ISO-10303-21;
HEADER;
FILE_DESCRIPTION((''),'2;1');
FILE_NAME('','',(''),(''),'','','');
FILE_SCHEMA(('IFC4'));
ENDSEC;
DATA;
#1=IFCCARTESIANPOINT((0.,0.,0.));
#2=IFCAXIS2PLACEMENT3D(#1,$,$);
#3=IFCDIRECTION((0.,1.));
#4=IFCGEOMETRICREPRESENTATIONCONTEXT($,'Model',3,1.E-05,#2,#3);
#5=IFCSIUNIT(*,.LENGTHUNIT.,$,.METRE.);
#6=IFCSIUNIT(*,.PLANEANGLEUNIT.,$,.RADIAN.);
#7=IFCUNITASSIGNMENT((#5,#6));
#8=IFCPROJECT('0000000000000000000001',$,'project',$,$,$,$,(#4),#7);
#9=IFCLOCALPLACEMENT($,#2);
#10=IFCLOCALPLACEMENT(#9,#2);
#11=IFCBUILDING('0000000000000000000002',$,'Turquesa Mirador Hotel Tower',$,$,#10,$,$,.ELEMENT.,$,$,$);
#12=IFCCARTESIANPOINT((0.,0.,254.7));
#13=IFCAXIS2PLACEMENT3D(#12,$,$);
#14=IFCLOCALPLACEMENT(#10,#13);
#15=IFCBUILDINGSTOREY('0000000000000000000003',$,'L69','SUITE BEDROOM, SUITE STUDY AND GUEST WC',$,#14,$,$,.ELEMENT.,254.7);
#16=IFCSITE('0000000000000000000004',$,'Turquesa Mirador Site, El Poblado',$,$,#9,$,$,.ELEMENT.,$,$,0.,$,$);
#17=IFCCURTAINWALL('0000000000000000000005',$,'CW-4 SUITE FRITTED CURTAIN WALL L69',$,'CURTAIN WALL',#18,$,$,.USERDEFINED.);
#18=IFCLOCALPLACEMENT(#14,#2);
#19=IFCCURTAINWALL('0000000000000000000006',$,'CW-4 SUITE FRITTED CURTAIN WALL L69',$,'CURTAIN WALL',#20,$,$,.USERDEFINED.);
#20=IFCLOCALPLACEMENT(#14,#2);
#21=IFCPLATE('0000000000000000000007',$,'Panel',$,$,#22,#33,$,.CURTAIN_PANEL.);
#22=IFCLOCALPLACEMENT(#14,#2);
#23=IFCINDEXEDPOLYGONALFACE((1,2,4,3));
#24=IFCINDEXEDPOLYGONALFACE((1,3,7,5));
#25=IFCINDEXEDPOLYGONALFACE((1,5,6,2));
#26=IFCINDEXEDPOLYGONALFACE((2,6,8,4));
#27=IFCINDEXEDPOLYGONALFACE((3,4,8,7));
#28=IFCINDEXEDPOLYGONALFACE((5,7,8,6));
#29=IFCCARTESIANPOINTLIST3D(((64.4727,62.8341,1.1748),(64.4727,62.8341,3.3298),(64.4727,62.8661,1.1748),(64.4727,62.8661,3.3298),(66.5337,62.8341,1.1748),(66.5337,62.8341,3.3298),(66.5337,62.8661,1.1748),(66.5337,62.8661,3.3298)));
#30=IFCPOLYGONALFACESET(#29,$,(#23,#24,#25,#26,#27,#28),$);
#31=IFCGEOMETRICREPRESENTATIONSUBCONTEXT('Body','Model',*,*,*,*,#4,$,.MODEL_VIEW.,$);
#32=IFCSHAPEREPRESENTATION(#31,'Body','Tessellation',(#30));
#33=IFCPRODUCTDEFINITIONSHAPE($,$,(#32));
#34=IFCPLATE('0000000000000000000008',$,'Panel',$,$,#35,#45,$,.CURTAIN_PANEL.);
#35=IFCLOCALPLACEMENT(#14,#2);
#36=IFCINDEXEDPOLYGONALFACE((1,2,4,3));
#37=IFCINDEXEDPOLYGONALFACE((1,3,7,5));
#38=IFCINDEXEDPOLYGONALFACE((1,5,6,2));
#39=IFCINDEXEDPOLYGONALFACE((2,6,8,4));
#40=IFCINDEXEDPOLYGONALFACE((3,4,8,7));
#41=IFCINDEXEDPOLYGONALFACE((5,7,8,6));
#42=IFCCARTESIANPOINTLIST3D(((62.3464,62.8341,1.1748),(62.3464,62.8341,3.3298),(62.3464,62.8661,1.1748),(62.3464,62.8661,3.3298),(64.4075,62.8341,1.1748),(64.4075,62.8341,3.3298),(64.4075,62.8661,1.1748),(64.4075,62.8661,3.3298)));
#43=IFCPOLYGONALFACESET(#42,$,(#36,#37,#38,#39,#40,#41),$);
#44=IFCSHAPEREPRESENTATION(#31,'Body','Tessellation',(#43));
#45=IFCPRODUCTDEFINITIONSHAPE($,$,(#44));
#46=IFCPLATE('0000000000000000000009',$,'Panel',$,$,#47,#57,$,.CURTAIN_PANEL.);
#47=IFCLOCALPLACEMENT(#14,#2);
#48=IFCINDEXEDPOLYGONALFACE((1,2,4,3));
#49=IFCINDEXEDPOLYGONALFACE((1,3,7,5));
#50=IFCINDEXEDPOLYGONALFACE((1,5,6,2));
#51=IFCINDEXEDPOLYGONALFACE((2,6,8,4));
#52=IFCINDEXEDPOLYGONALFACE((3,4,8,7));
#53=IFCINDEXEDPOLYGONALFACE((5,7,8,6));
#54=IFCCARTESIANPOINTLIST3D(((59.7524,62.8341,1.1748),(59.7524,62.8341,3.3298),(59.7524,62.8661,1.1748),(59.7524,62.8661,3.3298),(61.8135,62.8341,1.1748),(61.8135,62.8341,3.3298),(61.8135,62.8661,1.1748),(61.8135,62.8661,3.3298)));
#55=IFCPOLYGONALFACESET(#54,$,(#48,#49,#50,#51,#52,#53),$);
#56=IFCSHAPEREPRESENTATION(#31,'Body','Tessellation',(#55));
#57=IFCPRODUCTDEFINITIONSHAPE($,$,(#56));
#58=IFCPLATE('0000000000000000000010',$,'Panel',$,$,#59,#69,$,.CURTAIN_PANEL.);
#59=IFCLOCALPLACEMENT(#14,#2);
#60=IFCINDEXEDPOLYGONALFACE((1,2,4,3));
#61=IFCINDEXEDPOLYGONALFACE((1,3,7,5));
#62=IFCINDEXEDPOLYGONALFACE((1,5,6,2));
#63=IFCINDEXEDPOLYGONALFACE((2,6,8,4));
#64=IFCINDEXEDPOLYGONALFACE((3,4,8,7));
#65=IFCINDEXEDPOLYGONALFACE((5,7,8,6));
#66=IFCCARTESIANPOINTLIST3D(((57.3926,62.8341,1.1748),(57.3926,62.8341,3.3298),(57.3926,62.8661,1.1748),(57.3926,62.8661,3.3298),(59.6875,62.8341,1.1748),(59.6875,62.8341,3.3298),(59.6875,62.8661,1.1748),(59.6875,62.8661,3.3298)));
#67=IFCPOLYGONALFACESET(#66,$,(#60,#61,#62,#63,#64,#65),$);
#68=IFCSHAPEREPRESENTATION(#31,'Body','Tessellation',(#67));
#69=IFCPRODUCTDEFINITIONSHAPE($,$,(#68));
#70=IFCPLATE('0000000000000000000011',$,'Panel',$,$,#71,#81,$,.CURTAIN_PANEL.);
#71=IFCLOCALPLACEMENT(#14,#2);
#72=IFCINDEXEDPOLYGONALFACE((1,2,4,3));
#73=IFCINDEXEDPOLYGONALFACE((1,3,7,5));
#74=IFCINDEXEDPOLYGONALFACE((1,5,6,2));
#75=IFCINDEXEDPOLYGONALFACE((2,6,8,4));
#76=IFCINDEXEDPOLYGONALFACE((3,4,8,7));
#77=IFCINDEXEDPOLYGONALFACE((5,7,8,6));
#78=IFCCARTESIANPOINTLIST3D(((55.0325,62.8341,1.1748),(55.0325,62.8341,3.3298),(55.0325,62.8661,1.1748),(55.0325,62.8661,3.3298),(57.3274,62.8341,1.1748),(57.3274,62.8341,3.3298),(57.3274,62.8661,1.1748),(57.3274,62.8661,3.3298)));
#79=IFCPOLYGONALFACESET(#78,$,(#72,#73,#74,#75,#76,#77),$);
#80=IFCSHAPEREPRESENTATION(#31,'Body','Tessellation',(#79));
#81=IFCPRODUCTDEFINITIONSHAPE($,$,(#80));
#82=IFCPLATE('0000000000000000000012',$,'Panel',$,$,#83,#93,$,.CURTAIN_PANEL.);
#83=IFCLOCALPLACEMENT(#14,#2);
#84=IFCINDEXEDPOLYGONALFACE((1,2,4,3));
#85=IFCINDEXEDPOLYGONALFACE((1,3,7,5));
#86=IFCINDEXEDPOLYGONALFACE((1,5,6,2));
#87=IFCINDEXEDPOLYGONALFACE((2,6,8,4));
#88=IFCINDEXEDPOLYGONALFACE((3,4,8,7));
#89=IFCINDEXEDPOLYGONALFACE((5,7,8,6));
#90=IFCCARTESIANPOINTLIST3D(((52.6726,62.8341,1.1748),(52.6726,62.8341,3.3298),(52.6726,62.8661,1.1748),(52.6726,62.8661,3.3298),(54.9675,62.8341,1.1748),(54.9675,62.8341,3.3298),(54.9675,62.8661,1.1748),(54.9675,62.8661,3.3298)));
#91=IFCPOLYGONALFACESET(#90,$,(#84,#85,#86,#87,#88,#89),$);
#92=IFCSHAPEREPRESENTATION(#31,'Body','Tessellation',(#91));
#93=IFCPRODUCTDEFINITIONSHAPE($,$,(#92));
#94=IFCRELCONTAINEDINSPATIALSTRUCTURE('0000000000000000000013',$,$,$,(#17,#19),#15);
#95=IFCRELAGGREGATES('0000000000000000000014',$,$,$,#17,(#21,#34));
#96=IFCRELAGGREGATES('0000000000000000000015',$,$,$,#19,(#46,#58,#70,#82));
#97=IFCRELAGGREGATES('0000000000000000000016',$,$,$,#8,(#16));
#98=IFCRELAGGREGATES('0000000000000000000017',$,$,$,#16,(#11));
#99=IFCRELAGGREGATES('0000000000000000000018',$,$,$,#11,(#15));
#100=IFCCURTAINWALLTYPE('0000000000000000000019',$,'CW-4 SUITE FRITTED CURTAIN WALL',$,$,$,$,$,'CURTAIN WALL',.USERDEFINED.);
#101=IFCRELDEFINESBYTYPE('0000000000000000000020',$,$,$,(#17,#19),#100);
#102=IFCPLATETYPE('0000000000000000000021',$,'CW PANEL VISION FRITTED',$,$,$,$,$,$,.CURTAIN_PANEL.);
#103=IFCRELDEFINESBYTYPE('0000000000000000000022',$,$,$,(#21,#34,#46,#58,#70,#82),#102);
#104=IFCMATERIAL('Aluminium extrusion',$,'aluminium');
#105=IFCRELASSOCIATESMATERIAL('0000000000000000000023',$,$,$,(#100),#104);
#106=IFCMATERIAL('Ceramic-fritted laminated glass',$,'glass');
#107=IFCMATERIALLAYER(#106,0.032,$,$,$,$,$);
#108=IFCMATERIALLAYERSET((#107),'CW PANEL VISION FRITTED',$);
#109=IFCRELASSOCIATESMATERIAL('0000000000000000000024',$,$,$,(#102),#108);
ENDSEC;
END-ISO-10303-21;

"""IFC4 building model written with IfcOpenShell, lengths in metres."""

from ifc_helpers import new_model, si_unit, direction, frame, origin, origin_2d, place, context, subcontext, project, spatial, rectangle, extrude, material, layer, layer_set, type_object, element, aggregate, save


model = new_model("IFC4")

# Units and contexts
model_context = context("Model", 3, precision=1e-05, world=origin(), true_north=direction((0.0, 1.0)))
body_context = subcontext(model_context, "Body", "Model", "MODEL_VIEW")
ifc_project = project(units=[si_unit("LENGTHUNIT", "METRE"), si_unit("PLANEANGLEUNIT", "RADIAN")], contexts=[model_context])

# Site, building, storey
site_placement = place(None, origin())
site = spatial("IfcSite", under=ifc_project, at=site_placement, Name="Turquesa Mirador Site, El Poblado", CompositionType="ELEMENT", RefElevation=0.0)
building_placement = place(site_placement, origin())
building = spatial("IfcBuilding", under=site, at=building_placement, Name="Turquesa Mirador Hotel Tower", CompositionType="ELEMENT")
storey_placement = place(building_placement, frame((0.0, 0.0, 254.7)))
storey = spatial("IfcBuildingStorey", under=building, at=storey_placement, Name="L69", Description="SUITE BEDROOM, SUITE STUDY AND GUEST WC", CompositionType="ELEMENT", Elevation=254.7)

# Shared definitions
ifc_material_1 = material(Name="Aluminium extrusion", Category="aluminium")
curtain_wall_type = type_object("IfcCurtainWallType", Name="CW-4 SUITE FRITTED CURTAIN WALL", ElementType="CURTAIN WALL", PredefinedType="USERDEFINED", material=ifc_material_1)

# Curtain walls
curtain_wall_1_placement = place(storey_placement, origin())
curtain_wall_1 = element("IfcCurtainWall", 1, at=curtain_wall_1_placement, inside=storey, type_object=curtain_wall_type, Name="CW-4 SUITE FRITTED CURTAIN WALL L69", ObjectType="CURTAIN WALL", PredefinedType="USERDEFINED")
curtain_wall_2_placement = place(storey_placement, origin())
curtain_wall_2 = element("IfcCurtainWall", 2, at=curtain_wall_2_placement, inside=storey, type_object=curtain_wall_type, Name="CW-4 SUITE FRITTED CURTAIN WALL L69", ObjectType="CURTAIN WALL", PredefinedType="USERDEFINED")

# Plates
ifc_material_2 = material(Name="Ceramic-fritted laminated glass", Category="glass")
ifc_layer_1 = layer(ifc_material_2, 0.032)
ifc_layer_set_1 = layer_set([ifc_layer_1], Name="CW PANEL VISION FRITTED")
plate_type_1 = type_object("IfcPlateType", Name="CW PANEL VISION FRITTED", PredefinedType="CURTAIN_PANEL", material=ifc_layer_set_1)
plate_1_placement = place(storey_placement, frame((65.5032, 62.8501, 1.1748), z_axis=(0.0, 0.0, 1.0), x_axis=(-1.0, 0.0, 0.0)))
plate_1 = element("IfcPlate", 3, at=plate_1_placement, type_object=plate_type_1, Name="Panel", PredefinedType="CURTAIN_PANEL", context=body_context, shape_type="SweptSolid", body=[
    extrude(rectangle(XDim=2.061, YDim=0.032, at=origin_2d()), origin(), (0.0, 0.0, 1.0), 2.155),
])
plate_2_placement = place(storey_placement, frame((63.377, 62.8501, 1.1748), z_axis=(0.0, 0.0, 1.0), x_axis=(-1.0, 0.0, 0.0)))
plate_2 = element("IfcPlate", 4, at=plate_2_placement, type_object=plate_type_1, Name="Panel", PredefinedType="CURTAIN_PANEL", context=body_context, shape_type="SweptSolid", body=[
    extrude(rectangle(XDim=2.061, YDim=0.032, at=origin_2d()), origin(), (0.0, 0.0, 1.0), 2.155),
])
aggregate(curtain_wall_1, [plate_1, plate_2])
plate_3_placement = place(storey_placement, frame((60.783, 62.8501, 1.1748), z_axis=(0.0, 0.0, 1.0), x_axis=(-1.0, 0.0, 0.0)))
plate_3 = element("IfcPlate", 5, at=plate_3_placement, type_object=plate_type_1, Name="Panel", PredefinedType="CURTAIN_PANEL", context=body_context, shape_type="SweptSolid", body=[
    extrude(rectangle(XDim=2.061, YDim=0.032, at=origin_2d()), origin(), (0.0, 0.0, 1.0), 2.155),
])
plate_4_placement = place(storey_placement, frame((58.54, 62.8501, 1.1748), z_axis=(0.0, 0.0, 1.0), x_axis=(-1.0, 0.0, 0.0)))
plate_4 = element("IfcPlate", 6, at=plate_4_placement, type_object=plate_type_1, Name="Panel", PredefinedType="CURTAIN_PANEL", context=body_context, shape_type="SweptSolid", body=[
    extrude(rectangle(XDim=2.2949, YDim=0.032, at=origin_2d()), origin(), (0.0, 0.0, 1.0), 2.155),
])
plate_5_placement = place(storey_placement, frame((56.1799, 62.8501, 1.1748), z_axis=(0.0, 0.0, 1.0), x_axis=(-1.0, 0.0, 0.0)))
plate_5 = element("IfcPlate", 7, at=plate_5_placement, type_object=plate_type_1, Name="Panel", PredefinedType="CURTAIN_PANEL", context=body_context, shape_type="SweptSolid", body=[
    extrude(rectangle(XDim=2.2949, YDim=0.032, at=origin_2d()), origin(), (0.0, 0.0, 1.0), 2.155),
])
plate_6_placement = place(storey_placement, frame((53.8201, 62.8501, 1.1748), z_axis=(0.0, 0.0, 1.0), x_axis=(-1.0, 0.0, 0.0)))
plate_6 = element("IfcPlate", 8, at=plate_6_placement, type_object=plate_type_1, Name="Panel", PredefinedType="CURTAIN_PANEL", context=body_context, shape_type="SweptSolid", body=[
    extrude(rectangle(XDim=2.2949, YDim=0.032, at=origin_2d()), origin(), (0.0, 0.0, 1.0), 2.155),
])
aggregate(curtain_wall_2, [plate_3, plate_4, plate_5, plate_6])

save(model, "model.ifc")
